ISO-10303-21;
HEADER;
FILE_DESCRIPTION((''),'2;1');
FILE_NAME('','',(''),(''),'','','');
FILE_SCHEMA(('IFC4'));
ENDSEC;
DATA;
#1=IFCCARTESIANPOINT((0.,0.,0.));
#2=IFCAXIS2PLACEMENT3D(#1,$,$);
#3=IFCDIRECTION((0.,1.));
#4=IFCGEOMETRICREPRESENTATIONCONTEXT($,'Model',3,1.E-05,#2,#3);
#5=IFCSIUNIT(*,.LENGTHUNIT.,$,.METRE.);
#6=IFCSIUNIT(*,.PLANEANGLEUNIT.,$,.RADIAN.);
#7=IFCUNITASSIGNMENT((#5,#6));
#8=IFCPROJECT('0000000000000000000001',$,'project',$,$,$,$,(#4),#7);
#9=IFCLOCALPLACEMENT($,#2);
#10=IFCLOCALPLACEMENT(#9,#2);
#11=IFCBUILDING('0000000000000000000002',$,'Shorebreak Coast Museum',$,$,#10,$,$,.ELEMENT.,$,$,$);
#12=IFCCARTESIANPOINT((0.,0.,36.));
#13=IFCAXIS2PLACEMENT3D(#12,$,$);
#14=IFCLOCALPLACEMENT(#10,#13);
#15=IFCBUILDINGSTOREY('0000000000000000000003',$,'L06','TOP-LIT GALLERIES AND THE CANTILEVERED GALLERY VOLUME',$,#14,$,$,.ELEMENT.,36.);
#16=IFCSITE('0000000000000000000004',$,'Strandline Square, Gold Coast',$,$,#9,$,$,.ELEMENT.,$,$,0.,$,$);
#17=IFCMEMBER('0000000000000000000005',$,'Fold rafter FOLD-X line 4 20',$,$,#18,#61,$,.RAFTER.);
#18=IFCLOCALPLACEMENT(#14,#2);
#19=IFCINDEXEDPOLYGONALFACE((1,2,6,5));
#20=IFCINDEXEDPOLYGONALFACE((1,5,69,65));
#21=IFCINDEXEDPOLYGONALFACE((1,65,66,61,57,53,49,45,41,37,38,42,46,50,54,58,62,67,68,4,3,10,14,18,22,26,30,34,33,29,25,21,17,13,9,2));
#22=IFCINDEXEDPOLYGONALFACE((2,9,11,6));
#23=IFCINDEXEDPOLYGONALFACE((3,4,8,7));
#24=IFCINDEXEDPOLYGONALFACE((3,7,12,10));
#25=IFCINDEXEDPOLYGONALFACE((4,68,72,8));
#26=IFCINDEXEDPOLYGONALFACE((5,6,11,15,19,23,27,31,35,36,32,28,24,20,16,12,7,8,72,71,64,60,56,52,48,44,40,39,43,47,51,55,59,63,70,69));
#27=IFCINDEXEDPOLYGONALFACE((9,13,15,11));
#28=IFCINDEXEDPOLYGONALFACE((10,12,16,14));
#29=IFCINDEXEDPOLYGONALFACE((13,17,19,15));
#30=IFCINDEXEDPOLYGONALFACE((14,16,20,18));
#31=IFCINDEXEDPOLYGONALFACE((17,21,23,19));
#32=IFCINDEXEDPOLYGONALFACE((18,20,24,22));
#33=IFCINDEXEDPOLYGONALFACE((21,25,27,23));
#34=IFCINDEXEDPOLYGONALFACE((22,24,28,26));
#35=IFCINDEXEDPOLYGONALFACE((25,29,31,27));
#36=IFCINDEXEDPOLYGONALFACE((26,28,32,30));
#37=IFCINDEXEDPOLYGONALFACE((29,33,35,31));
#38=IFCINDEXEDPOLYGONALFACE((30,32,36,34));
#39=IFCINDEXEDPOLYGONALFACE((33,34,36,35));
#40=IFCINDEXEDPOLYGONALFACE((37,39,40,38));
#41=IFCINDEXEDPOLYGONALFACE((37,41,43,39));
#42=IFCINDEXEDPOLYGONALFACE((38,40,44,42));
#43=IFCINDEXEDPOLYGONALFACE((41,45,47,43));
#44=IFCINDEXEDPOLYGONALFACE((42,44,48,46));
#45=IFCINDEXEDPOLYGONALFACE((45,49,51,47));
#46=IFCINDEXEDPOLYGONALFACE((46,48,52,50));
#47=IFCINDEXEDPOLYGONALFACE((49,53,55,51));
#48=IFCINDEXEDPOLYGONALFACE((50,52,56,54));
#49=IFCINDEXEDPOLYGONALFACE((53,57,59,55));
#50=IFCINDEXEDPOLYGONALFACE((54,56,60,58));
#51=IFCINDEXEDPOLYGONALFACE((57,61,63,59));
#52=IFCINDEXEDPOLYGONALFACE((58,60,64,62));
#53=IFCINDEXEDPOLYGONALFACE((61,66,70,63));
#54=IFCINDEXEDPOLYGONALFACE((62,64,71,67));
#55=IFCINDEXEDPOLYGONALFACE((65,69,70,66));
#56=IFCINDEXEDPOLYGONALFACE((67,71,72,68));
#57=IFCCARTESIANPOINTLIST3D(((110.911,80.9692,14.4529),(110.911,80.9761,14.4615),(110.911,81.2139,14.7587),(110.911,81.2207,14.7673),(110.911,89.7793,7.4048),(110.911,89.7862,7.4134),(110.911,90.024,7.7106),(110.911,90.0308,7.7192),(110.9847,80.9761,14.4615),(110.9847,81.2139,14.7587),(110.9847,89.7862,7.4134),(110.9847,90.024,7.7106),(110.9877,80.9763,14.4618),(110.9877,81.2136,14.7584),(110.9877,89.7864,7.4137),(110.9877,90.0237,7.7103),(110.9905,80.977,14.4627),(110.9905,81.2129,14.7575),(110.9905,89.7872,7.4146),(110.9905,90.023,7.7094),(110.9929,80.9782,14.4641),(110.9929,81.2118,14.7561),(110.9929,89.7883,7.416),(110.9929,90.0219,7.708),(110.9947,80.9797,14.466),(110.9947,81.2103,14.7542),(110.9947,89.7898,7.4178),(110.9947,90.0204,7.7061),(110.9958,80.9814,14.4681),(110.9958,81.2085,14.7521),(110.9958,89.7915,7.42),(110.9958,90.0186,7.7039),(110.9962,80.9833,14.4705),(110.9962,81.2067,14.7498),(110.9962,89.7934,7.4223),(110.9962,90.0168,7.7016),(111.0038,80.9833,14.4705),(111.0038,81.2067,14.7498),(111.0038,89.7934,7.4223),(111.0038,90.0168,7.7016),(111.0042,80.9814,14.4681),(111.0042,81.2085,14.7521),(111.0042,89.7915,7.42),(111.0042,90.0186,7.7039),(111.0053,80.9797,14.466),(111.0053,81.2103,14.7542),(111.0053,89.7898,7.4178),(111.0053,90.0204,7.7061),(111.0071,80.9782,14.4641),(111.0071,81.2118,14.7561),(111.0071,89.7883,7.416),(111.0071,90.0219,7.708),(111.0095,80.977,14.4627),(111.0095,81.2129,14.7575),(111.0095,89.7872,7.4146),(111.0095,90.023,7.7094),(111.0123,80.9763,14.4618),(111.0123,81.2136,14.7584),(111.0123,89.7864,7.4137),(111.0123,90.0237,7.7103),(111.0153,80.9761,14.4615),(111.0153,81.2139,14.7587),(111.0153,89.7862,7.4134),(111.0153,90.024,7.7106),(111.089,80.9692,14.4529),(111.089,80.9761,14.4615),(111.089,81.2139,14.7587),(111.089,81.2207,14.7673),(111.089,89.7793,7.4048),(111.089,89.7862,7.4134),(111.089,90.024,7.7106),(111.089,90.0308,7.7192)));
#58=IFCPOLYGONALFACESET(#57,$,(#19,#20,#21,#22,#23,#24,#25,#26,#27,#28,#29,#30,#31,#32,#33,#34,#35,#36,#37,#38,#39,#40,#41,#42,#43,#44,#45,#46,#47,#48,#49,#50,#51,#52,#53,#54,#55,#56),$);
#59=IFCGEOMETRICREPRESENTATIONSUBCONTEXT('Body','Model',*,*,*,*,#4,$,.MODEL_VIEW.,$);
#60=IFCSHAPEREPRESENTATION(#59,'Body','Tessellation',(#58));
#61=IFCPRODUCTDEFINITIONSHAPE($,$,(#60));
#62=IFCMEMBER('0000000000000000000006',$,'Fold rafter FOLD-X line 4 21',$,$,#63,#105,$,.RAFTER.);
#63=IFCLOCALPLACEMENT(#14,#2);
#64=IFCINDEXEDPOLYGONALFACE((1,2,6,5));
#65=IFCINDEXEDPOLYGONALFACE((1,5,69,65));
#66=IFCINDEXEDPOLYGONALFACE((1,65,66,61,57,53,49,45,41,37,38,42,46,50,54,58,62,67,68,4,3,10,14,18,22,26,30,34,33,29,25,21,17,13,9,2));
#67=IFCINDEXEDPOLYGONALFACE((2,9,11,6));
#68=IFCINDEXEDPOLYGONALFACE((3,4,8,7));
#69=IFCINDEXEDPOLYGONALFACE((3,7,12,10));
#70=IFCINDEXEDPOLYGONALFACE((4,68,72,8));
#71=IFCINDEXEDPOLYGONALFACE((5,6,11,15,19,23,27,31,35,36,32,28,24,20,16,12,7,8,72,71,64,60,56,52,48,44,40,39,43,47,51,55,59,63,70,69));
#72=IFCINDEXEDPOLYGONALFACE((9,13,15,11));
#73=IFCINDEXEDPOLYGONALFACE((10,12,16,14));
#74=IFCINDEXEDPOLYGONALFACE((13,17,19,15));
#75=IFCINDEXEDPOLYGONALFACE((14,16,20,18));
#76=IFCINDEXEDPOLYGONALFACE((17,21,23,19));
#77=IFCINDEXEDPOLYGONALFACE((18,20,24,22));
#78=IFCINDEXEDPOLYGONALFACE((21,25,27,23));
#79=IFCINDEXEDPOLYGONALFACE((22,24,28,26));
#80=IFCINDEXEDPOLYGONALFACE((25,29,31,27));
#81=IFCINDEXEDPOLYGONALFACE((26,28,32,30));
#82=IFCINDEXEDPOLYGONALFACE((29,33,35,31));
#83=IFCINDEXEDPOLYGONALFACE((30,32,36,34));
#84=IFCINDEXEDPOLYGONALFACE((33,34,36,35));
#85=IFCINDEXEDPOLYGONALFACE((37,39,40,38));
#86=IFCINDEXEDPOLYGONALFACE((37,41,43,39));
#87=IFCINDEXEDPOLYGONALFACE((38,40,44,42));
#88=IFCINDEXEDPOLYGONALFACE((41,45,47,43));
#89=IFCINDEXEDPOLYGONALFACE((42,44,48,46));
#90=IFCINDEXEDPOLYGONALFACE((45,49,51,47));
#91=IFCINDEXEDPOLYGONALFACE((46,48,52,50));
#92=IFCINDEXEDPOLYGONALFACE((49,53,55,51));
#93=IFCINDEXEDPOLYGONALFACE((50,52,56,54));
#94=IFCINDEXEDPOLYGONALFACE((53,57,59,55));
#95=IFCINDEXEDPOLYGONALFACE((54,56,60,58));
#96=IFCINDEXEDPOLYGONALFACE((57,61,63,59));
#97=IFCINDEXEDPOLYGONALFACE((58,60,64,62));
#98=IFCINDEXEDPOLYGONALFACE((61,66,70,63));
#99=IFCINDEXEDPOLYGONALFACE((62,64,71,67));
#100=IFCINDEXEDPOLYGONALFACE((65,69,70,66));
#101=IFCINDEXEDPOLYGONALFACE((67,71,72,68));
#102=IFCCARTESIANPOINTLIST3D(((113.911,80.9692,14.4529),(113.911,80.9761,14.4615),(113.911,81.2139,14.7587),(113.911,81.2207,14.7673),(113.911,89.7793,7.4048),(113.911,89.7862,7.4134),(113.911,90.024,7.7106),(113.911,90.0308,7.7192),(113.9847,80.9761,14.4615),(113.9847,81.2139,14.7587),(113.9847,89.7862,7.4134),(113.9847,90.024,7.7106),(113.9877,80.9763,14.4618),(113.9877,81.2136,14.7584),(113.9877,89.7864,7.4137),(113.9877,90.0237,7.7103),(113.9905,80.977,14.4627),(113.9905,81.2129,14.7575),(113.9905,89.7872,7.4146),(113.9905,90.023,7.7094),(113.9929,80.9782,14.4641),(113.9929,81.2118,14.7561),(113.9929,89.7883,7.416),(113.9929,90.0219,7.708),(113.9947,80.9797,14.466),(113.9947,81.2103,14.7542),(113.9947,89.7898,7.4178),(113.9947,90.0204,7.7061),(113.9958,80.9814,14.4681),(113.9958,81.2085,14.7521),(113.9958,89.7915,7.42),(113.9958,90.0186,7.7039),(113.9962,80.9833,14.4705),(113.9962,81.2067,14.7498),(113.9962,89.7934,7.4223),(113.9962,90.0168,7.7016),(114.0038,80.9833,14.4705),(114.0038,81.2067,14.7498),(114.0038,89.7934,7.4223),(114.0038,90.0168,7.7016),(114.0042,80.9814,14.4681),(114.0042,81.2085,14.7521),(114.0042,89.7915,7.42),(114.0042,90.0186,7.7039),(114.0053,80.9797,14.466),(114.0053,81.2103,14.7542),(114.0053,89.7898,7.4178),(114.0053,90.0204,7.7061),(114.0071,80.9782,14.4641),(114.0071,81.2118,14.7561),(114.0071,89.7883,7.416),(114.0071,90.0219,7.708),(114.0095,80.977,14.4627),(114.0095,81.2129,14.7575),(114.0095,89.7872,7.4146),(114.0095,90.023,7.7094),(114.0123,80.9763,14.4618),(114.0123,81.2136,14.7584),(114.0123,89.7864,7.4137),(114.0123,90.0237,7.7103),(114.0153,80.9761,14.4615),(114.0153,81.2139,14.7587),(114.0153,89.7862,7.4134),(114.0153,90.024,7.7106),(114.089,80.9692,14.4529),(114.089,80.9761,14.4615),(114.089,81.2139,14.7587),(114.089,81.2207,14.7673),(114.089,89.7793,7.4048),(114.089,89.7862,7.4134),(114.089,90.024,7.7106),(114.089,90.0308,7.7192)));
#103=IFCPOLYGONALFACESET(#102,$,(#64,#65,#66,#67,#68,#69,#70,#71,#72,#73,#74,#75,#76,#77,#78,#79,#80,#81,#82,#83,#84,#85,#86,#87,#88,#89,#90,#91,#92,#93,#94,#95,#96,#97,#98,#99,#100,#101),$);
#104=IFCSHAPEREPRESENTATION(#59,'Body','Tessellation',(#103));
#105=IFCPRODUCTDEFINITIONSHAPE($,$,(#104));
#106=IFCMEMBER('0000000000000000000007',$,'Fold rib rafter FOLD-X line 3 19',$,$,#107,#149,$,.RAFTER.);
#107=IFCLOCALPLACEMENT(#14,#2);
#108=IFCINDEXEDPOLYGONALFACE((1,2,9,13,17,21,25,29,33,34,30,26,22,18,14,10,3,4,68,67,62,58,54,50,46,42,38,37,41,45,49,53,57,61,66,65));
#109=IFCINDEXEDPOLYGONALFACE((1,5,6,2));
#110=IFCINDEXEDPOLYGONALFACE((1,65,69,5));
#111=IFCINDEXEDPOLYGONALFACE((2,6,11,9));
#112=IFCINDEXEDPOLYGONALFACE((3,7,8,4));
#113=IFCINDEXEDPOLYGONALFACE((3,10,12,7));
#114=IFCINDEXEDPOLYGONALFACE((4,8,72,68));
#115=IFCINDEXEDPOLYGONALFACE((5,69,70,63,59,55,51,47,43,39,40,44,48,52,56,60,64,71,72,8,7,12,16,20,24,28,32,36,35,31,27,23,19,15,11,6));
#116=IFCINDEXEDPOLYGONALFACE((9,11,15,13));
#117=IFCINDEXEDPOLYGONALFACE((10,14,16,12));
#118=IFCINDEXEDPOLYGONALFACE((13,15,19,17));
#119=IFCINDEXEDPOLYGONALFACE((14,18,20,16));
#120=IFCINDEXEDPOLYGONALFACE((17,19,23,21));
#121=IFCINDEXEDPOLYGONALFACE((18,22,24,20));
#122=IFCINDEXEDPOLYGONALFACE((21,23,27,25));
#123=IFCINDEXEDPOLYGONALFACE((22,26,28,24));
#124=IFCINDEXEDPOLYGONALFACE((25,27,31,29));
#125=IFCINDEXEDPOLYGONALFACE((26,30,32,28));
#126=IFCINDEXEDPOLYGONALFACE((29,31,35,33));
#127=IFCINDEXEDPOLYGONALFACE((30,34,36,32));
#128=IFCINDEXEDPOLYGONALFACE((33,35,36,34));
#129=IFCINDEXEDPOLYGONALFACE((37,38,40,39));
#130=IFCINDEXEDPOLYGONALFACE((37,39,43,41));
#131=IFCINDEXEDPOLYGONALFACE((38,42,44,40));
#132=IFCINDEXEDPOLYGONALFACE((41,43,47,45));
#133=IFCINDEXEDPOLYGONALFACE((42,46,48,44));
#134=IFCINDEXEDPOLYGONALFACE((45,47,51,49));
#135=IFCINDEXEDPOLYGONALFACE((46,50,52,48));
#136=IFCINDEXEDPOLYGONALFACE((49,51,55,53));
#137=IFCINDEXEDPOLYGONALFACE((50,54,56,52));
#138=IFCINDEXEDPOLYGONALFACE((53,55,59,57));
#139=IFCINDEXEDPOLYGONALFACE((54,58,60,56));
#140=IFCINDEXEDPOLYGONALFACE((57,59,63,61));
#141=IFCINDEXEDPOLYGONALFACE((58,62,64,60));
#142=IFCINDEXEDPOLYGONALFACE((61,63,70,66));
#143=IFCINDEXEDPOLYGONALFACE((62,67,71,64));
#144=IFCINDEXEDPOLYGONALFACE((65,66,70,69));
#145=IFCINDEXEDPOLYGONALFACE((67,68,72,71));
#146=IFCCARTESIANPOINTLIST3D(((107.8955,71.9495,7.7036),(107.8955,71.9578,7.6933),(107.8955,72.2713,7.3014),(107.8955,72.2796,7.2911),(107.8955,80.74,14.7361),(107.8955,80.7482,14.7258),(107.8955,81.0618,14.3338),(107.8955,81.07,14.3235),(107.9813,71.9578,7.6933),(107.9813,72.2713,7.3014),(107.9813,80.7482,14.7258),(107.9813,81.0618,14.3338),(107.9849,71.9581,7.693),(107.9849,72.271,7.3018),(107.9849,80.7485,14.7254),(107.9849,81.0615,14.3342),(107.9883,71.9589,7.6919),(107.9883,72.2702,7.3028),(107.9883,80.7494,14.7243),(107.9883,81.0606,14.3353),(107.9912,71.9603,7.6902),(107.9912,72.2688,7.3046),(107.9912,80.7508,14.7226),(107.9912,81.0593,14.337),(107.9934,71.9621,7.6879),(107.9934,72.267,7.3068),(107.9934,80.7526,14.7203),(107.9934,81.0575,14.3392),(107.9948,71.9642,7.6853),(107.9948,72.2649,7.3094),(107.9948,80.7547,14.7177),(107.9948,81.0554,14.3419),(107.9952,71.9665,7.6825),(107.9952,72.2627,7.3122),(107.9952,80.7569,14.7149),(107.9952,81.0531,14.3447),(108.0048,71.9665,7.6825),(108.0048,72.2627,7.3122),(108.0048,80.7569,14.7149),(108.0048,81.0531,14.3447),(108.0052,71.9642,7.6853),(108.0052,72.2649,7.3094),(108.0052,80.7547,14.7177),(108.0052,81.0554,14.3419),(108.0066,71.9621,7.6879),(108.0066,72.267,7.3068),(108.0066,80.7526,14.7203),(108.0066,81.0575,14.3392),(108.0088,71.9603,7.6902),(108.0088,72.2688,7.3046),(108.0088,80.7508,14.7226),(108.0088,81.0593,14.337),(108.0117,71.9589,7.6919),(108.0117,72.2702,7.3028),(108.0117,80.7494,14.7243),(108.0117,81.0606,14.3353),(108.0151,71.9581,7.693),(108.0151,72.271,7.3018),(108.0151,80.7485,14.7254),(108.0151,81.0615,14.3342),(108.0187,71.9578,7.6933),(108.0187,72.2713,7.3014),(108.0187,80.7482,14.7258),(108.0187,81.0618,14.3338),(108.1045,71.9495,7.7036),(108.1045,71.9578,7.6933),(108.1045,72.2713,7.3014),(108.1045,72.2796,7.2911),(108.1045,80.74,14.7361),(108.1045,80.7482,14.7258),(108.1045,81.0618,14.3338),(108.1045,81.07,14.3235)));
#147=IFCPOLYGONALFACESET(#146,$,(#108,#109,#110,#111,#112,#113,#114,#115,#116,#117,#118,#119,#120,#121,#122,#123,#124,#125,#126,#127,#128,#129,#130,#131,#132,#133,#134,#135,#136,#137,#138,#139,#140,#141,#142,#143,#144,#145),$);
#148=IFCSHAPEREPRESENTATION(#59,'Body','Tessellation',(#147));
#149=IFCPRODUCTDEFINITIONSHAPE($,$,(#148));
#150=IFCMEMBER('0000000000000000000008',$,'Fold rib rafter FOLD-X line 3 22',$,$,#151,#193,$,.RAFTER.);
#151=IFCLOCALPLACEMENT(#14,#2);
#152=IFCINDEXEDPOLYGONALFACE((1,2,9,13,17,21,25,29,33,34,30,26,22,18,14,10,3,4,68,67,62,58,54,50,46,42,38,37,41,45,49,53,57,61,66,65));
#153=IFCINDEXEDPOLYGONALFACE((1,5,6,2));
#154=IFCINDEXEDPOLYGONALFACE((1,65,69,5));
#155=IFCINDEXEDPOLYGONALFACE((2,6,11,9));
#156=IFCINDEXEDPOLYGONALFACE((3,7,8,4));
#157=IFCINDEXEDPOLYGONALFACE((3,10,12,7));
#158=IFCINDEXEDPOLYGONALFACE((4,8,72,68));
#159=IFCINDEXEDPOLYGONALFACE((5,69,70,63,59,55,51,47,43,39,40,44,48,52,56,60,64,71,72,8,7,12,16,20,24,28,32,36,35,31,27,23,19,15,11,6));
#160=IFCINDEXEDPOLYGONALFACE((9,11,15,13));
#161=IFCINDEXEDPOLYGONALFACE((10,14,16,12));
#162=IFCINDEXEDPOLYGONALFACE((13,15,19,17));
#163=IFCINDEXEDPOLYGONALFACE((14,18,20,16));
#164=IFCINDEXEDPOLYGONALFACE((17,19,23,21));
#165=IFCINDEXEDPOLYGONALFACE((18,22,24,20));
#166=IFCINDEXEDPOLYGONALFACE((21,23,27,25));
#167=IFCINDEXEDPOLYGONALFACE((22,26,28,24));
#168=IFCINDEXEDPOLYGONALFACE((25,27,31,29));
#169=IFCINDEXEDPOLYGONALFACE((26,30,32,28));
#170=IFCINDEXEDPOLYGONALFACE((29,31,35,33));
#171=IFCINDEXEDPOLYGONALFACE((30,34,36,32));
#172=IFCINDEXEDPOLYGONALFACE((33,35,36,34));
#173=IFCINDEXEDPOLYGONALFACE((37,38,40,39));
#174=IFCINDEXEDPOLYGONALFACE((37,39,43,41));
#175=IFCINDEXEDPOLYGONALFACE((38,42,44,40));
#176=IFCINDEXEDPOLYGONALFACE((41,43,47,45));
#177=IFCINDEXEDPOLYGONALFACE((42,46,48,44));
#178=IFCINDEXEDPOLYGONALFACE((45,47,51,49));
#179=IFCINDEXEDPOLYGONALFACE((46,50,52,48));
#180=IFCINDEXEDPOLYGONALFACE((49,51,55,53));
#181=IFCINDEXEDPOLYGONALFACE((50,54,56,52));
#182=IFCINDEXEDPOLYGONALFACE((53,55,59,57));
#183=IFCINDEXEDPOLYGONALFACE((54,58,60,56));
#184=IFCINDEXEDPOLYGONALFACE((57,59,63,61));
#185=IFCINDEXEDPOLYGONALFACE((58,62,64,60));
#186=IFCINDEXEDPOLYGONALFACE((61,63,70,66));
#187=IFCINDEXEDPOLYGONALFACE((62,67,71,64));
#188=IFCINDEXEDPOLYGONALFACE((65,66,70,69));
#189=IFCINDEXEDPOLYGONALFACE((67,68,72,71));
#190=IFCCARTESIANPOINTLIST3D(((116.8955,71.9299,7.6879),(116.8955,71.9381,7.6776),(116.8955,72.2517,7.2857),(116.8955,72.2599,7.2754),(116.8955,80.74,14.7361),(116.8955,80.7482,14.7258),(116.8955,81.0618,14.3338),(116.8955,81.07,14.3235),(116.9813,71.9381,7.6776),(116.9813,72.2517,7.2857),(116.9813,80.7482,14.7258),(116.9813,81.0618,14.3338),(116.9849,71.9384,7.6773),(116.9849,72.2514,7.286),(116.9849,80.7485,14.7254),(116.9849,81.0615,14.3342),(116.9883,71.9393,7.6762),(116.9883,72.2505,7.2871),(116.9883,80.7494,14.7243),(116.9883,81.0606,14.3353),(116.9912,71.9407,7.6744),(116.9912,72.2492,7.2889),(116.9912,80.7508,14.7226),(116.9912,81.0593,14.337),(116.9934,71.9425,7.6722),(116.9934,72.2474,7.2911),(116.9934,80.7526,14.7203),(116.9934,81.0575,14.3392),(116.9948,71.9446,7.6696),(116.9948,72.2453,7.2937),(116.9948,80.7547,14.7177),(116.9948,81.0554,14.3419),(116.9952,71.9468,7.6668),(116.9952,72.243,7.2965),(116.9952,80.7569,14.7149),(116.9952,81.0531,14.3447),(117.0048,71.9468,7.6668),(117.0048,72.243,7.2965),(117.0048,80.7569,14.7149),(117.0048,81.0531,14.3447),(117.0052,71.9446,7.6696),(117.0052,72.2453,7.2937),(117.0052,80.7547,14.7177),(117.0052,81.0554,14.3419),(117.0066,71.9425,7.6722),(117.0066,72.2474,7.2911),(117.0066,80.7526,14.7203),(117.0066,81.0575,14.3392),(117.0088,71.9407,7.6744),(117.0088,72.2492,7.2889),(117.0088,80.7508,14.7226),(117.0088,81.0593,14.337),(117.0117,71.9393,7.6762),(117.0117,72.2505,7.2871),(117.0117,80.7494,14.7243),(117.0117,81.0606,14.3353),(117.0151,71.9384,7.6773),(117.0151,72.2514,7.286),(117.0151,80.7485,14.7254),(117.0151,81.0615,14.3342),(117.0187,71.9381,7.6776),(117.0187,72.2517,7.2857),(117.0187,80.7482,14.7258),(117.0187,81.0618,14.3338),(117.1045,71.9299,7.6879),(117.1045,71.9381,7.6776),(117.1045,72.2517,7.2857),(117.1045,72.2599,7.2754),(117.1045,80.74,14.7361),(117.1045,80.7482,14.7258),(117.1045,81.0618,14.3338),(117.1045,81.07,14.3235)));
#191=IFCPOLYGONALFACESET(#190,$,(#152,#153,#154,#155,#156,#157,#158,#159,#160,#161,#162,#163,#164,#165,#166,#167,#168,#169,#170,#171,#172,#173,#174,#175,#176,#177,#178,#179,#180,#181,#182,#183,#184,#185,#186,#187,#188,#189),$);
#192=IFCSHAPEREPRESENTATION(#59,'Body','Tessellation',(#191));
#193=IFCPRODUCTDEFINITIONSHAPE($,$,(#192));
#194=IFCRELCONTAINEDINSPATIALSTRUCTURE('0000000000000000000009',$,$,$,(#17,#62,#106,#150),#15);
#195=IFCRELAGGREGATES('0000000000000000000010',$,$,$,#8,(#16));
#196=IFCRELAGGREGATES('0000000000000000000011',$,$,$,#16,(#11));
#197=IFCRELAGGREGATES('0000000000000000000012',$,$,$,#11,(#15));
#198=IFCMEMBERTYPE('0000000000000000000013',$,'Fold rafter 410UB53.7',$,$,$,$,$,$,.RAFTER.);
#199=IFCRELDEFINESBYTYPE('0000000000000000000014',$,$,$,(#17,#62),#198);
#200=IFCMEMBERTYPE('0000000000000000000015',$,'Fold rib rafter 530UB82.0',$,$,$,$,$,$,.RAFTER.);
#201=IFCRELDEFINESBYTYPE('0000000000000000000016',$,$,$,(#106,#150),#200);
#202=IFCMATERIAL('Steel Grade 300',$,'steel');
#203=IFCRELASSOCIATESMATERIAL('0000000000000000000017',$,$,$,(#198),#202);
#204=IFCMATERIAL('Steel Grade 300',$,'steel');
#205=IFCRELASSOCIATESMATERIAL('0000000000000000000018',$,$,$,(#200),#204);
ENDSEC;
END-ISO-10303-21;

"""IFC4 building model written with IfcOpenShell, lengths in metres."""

from ifc_helpers import new_model, si_unit, direction, frame, origin, origin_2d, place, context, subcontext, project, spatial, i_section, extrude, material, material_profile, profile_set, type_object, element, save


model = new_model("IFC4")

# Units and contexts
model_context = context("Model", 3, precision=1e-05, world=origin(), true_north=direction((0.0, 1.0)))
body_context = subcontext(model_context, "Body", "Model", "MODEL_VIEW")
ifc_project = project(units=[si_unit("LENGTHUNIT", "METRE"), si_unit("PLANEANGLEUNIT", "RADIAN")], contexts=[model_context])

# Site, building, storey
site_placement = place(None, origin())
site = spatial("IfcSite", under=ifc_project, at=site_placement, Name="Strandline Square, Gold Coast", CompositionType="ELEMENT", RefElevation=0.0)
building_placement = place(site_placement, origin())
building = spatial("IfcBuilding", under=site, at=building_placement, Name="Shorebreak Coast Museum", CompositionType="ELEMENT")
storey_placement = place(building_placement, frame((0.0, 0.0, 36.0)))
storey = spatial("IfcBuildingStorey", under=building, at=storey_placement, Name="L06", Description="TOP-LIT GALLERIES AND THE CANTILEVERED GALLERY VOLUME", CompositionType="ELEMENT", Elevation=36.0)

# Members
ifc_material_1 = material(Name="Steel Grade 300", Category="steel")
ifc_material_profile_1 = material_profile(ifc_material_1, i_section(OverallWidth=0.178, OverallDepth=0.4026, WebThickness=0.0076, FlangeThickness=0.011, FilletRadius=0.0115, at=origin_2d()), Name="410UB53.7")
ifc_profile_set_1 = profile_set([ifc_material_profile_1], Name="Steel Grade 300")
member_type_1 = type_object("IfcMemberType", Name="Fold rafter 410UB53.7", PredefinedType="RAFTER", material=ifc_profile_set_1)
for number, where, z_axis, x_axis, name in (
    (1, (111.0, 81.095, 14.6101), (0.0, 0.780867, -0.624698), (-1.0, 0.0, 0.0), "Fold rafter FOLD-X line 4 20"),
    (2, (114.0, 81.095, 14.6101), (0.0, 0.780867, -0.624698), (-1.0, 0.0, 0.0), "Fold rafter FOLD-X line 4 21"),
):
    element("IfcMember", number, at=place(storey_placement, frame(where, z_axis=z_axis, x_axis=x_axis)), inside=storey, type_object=member_type_1, Name=name, PredefinedType="RAFTER", context=body_context, shape_type="SweptSolid", body=[
        extrude(i_section(OverallWidth=0.178, OverallDepth=0.4026, WebThickness=0.0076, FlangeThickness=0.011, FilletRadius=0.0115, at=origin_2d()), origin(), (0.0, 0.0, 1.0), 11.2825),
    ])
ifc_material_2 = material(Name="Steel Grade 300", Category="steel")
ifc_material_profile_2 = material_profile(ifc_material_2, i_section(OverallWidth=0.209, OverallDepth=0.5283, WebThickness=0.0095, FlangeThickness=0.0132, FilletRadius=0.0139, at=origin_2d()), Name="530UB82.0")
ifc_profile_set_2 = profile_set([ifc_material_profile_2], Name="Steel Grade 300")
member_type_2 = type_object("IfcMemberType", Name="Fold rib rafter 530UB82.0", PredefinedType="RAFTER", material=ifc_profile_set_2)
member_1_placement = place(storey_placement, frame((108.0, 80.905, 14.5298), z_axis=(0.0, -0.780867, -0.624698), x_axis=(1.0, 0.0, 0.0)))
element("IfcMember", 3, at=member_1_placement, inside=storey, type_object=member_type_2, Name="Fold rib rafter FOLD-X line 3 19", PredefinedType="RAFTER", context=body_context, shape_type="SweptSolid", body=[
    extrude(i_section(OverallWidth=0.209, OverallDepth=0.5283, WebThickness=0.0095, FlangeThickness=0.0132, FilletRadius=0.0139, at=origin_2d()), origin(), (0.0, 0.0, 1.0), 11.2573),
])
for number, where, z_axis, x_axis, name in (
    (4, (117.0, 80.905, 14.5298), (0.0, -0.780867, -0.624698), (1.0, 0.0, 0.0), "Fold rib rafter FOLD-X line 3 22"),
):
    element("IfcMember", number, at=place(storey_placement, frame(where, z_axis=z_axis, x_axis=x_axis)), inside=storey, type_object=member_type_2, Name=name, PredefinedType="RAFTER", context=body_context, shape_type="SweptSolid", body=[
        extrude(i_section(OverallWidth=0.209, OverallDepth=0.5283, WebThickness=0.0095, FlangeThickness=0.0132, FilletRadius=0.0139, at=origin_2d()), origin(), (0.0, 0.0, 1.0), 11.2825),
    ])

save(model, "model.ifc")
